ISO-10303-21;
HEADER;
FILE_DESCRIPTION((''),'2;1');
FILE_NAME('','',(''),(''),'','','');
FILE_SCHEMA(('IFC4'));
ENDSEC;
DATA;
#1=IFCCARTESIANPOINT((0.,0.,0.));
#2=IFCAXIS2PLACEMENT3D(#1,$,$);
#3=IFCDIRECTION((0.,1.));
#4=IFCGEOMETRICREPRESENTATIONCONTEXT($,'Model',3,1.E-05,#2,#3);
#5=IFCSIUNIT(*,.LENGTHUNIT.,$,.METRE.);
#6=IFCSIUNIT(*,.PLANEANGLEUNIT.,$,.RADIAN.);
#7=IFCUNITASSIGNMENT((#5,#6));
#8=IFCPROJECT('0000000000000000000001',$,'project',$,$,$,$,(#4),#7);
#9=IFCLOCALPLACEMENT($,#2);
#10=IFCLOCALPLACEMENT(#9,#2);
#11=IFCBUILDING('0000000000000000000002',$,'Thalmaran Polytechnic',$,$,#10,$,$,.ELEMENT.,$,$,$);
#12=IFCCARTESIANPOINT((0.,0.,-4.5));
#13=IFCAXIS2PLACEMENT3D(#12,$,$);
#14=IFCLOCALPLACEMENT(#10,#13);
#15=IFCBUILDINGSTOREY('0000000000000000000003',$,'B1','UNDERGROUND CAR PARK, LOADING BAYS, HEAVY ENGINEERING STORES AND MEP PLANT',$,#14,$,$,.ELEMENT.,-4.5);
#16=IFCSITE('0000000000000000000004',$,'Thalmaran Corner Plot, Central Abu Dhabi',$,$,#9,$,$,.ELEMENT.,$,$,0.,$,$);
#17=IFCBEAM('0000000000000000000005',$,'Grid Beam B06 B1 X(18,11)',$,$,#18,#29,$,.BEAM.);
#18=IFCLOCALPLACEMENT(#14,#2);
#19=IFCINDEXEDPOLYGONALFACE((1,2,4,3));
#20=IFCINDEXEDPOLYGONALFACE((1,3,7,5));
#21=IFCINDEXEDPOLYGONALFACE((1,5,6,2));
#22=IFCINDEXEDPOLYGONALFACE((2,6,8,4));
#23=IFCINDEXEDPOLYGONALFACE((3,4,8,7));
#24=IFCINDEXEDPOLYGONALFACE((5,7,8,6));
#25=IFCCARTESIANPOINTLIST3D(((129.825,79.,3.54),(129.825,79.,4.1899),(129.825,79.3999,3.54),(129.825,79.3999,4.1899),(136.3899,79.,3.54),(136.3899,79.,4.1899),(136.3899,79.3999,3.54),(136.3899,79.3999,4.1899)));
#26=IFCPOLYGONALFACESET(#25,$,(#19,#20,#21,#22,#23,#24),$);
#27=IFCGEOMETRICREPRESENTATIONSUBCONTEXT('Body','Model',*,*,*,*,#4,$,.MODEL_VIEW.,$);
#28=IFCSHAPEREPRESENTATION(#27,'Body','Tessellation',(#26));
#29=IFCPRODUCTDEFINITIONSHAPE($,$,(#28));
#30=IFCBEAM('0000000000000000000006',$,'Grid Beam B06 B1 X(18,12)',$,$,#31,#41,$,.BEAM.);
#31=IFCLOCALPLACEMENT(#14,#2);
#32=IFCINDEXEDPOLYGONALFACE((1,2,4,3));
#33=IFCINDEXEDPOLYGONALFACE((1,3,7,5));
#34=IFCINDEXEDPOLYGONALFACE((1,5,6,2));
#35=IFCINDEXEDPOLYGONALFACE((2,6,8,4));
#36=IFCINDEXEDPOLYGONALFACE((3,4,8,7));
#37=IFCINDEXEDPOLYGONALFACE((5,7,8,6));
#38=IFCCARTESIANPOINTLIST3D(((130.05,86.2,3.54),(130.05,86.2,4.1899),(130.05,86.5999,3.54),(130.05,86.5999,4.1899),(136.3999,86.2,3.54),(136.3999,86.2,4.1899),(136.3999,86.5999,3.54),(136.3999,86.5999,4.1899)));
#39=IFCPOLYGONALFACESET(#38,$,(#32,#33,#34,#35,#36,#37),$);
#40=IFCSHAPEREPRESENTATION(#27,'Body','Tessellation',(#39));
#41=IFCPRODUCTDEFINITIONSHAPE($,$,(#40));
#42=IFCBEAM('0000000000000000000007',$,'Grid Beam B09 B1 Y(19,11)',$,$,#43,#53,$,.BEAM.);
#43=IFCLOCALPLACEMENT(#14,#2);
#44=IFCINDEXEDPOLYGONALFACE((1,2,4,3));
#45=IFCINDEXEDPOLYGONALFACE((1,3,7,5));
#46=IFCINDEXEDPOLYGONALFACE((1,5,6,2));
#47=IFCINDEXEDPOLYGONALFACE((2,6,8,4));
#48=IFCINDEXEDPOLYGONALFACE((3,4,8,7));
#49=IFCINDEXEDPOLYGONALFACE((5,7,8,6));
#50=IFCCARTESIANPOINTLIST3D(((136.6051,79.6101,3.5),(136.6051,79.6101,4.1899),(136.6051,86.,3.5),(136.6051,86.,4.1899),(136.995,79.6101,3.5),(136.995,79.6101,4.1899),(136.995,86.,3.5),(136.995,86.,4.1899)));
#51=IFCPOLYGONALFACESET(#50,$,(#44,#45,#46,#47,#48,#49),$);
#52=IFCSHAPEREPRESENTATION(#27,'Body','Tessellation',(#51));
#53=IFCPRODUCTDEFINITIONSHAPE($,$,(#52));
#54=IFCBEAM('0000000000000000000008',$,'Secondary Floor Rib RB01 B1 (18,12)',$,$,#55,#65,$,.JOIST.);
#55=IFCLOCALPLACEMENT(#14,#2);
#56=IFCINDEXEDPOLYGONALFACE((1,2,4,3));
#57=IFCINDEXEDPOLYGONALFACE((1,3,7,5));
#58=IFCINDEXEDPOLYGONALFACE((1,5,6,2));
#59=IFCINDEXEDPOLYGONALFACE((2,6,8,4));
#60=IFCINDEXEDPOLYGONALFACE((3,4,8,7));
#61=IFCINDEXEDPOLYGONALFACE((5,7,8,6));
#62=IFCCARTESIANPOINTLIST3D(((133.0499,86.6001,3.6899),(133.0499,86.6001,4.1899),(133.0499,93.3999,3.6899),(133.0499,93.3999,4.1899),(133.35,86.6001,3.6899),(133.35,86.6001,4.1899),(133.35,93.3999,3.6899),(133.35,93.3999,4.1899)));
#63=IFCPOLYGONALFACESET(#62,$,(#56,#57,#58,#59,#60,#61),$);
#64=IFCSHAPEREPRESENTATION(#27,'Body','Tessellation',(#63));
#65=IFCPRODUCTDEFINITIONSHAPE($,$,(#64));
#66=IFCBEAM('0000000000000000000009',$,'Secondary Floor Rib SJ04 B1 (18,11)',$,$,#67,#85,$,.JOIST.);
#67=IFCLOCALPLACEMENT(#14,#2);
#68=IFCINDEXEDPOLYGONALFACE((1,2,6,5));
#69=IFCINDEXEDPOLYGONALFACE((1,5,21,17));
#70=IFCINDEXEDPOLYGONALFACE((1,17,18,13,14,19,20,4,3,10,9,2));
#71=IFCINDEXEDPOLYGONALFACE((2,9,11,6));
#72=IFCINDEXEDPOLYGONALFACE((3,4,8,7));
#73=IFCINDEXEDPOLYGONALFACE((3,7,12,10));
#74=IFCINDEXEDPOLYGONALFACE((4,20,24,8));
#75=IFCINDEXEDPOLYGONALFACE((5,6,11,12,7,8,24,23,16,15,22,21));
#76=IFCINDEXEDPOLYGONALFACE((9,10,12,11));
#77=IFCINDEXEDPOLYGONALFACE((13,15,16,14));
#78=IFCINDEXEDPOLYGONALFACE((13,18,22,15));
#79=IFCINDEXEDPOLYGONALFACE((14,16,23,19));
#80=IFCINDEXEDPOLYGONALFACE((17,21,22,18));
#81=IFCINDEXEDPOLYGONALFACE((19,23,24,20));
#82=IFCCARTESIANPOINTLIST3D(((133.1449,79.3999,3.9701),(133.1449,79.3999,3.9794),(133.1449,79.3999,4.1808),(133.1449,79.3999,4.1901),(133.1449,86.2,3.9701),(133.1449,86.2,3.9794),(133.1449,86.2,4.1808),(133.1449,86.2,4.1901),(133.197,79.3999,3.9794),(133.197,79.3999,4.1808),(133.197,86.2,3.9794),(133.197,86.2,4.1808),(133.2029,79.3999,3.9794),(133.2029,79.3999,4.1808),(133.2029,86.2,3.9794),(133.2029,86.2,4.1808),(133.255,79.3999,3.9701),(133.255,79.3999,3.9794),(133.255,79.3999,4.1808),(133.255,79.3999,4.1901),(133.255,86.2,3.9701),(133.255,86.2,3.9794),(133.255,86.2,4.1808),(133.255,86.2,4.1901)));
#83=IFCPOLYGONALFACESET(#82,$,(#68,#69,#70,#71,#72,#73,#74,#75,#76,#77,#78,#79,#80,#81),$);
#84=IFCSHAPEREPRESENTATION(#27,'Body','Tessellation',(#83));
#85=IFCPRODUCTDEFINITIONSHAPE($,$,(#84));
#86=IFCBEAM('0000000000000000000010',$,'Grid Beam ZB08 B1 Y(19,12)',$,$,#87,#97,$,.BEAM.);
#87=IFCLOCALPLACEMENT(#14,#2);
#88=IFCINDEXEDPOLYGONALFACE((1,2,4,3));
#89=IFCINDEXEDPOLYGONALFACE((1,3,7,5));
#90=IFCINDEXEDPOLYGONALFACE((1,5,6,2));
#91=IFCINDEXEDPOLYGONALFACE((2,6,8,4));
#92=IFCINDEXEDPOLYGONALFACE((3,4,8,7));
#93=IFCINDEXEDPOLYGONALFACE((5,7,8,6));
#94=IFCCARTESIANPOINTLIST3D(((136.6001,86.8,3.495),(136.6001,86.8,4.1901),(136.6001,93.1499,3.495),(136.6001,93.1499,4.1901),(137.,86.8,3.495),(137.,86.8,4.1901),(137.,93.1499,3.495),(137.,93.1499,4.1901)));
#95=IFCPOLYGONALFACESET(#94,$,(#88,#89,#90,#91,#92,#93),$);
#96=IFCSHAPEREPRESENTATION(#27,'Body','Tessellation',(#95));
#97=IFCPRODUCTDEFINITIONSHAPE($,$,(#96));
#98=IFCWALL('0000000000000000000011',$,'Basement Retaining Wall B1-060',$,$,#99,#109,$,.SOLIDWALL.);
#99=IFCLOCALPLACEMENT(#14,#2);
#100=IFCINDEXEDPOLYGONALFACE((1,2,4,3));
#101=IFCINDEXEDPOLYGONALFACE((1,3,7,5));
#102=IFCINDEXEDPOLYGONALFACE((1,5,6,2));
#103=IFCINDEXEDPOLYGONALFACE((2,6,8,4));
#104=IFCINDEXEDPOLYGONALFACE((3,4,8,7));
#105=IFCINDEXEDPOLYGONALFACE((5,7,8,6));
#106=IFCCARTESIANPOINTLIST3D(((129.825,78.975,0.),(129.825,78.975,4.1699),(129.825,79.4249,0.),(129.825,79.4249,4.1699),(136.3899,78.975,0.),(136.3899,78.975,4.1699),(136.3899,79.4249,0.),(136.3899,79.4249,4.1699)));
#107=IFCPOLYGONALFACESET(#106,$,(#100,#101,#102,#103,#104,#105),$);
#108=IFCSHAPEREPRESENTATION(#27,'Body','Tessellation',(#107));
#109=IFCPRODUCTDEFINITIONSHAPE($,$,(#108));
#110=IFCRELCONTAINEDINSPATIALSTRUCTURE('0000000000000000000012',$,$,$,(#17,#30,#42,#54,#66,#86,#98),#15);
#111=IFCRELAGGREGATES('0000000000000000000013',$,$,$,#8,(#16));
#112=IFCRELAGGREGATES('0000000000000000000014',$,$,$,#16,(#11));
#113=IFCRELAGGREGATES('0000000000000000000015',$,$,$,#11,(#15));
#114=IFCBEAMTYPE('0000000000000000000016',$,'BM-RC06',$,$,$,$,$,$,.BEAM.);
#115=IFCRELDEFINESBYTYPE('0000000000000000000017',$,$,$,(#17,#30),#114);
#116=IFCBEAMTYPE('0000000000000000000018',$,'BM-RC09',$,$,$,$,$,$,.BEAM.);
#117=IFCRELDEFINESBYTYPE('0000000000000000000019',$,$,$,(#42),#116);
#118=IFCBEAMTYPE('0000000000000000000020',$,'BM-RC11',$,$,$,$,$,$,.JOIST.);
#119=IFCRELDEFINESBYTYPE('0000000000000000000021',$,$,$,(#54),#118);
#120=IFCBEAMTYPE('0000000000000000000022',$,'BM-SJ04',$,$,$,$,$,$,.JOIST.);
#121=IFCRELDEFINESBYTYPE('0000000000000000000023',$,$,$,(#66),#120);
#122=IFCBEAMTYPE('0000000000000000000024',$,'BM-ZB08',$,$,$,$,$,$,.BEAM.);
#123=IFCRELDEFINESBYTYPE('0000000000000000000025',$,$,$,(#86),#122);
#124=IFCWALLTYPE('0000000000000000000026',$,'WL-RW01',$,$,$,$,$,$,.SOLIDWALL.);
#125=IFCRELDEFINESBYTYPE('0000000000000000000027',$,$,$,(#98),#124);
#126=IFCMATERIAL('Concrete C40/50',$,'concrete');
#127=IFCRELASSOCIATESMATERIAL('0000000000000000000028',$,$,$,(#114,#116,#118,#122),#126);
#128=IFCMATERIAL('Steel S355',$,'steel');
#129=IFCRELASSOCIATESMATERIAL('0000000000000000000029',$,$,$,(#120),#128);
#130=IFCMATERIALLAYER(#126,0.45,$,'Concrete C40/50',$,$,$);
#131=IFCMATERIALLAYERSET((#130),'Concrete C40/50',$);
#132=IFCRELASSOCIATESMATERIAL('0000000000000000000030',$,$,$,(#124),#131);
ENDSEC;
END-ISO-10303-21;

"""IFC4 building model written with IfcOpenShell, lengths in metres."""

from ifc_helpers import new_model, si_unit, direction, frame, frame_2d, origin, origin_2d, place, context, subcontext, project, spatial, rectangle, i_section, extrude, material, layer, layer_set, material_profile, profile_set, type_object, element, save


model = new_model("IFC4")

# Units and contexts
model_context = context("Model", 3, precision=1e-05, world=origin(), true_north=direction((0.0, 1.0)))
body_context = subcontext(model_context, "Body", "Model", "MODEL_VIEW")
ifc_project = project(units=[si_unit("LENGTHUNIT", "METRE"), si_unit("PLANEANGLEUNIT", "RADIAN")], contexts=[model_context])

# Site, building, storey
site_placement = place(None, origin())
site = spatial("IfcSite", under=ifc_project, at=site_placement, Name="Thalmaran Corner Plot, Central Abu Dhabi", CompositionType="ELEMENT", RefElevation=0.0)
building_placement = place(site_placement, origin())
building = spatial("IfcBuilding", under=site, at=building_placement, Name="Thalmaran Polytechnic", CompositionType="ELEMENT")
storey_placement = place(building_placement, frame((0.0, 0.0, -4.5)))
storey = spatial("IfcBuildingStorey", under=building, at=storey_placement, Name="B1", Description="UNDERGROUND CAR PARK, LOADING BAYS, HEAVY ENGINEERING STORES AND MEP PLANT", CompositionType="ELEMENT", Elevation=-4.5)

# Shared definitions
ifc_material_1 = material(Name="Concrete C40/50", Category="concrete")

# Beams
ifc_material_profile_1 = material_profile(ifc_material_1, rectangle(XDim=0.3999, YDim=0.6499, at=origin_2d()), Name="RC 400x650")
ifc_profile_set_1 = profile_set([ifc_material_profile_1], Name="Concrete C40/50")
beam_type_1 = type_object("IfcBeamType", Name="BM-RC06", PredefinedType="BEAM", material=ifc_profile_set_1)
beam_1_placement = place(storey_placement, frame((129.825, 79.2, 3.865), z_axis=(1.0, 0.0, 0.0), x_axis=(0.0, 1.0, 0.0)))
element("IfcBeam", 1, at=beam_1_placement, inside=storey, type_object=beam_type_1, Name="Grid Beam B06 B1 X(18,11)", PredefinedType="BEAM", context=body_context, shape_type="SweptSolid", body=[
    extrude(rectangle(XDim=0.3999, YDim=0.6499, at=origin_2d()), origin(), (0.0, 0.0, 1.0), 6.5649),
])
beam_2_placement = place(storey_placement, frame((130.05, 86.3999, 3.865), z_axis=(1.0, 0.0, 0.0), x_axis=(0.0, 1.0, 0.0)))
element("IfcBeam", 2, at=beam_2_placement, inside=storey, type_object=beam_type_1, Name="Grid Beam B06 B1 X(18,12)", PredefinedType="BEAM", context=body_context, shape_type="SweptSolid", body=[
    extrude(rectangle(XDim=0.3999, YDim=0.6499, at=origin_2d()), origin(), (0.0, 0.0, 1.0), 6.3499),
])
ifc_material_profile_2 = material_profile(ifc_material_1, rectangle(XDim=0.3899, YDim=0.6899, at=origin_2d()), Name="RC 390x690")
ifc_profile_set_2 = profile_set([ifc_material_profile_2], Name="Concrete C40/50")
beam_type_2 = type_object("IfcBeamType", Name="BM-RC09", PredefinedType="BEAM", material=ifc_profile_set_2)
beam_3_placement = place(storey_placement, frame((136.8, 79.6101, 3.845), z_axis=(0.0, 1.0, 0.0), x_axis=(-1.0, 0.0, 0.0)))
element("IfcBeam", 3, at=beam_3_placement, inside=storey, type_object=beam_type_2, Name="Grid Beam B09 B1 Y(19,11)", PredefinedType="BEAM", context=body_context, shape_type="SweptSolid", body=[
    extrude(rectangle(XDim=0.3899, YDim=0.6899, at=origin_2d()), origin(), (0.0, 0.0, 1.0), 6.3899),
])
ifc_material_profile_3 = material_profile(ifc_material_1, rectangle(XDim=0.3, YDim=0.5, at=origin_2d()), Name="RC 300x500")
ifc_profile_set_3 = profile_set([ifc_material_profile_3], Name="Concrete C40/50")
beam_type_3 = type_object("IfcBeamType", Name="BM-RC11", PredefinedType="JOIST", material=ifc_profile_set_3)
beam_4_placement = place(storey_placement, frame((133.2, 86.6001, 3.9399), z_axis=(0.0, 1.0, 0.0), x_axis=(-1.0, 0.0, 0.0)))
element("IfcBeam", 4, at=beam_4_placement, inside=storey, type_object=beam_type_3, Name="Secondary Floor Rib RB01 B1 (18,12)", PredefinedType="JOIST", context=body_context, shape_type="SweptSolid", body=[
    extrude(rectangle(XDim=0.3, YDim=0.5, at=origin_2d()), origin(), (0.0, 0.0, 1.0), 6.7998),
])
ifc_material_2 = material(Name="Steel S355", Category="steel")
ifc_material_profile_4 = material_profile(ifc_material_2, i_section(OverallWidth=0.1101, OverallDepth=0.22, WebThickness=0.0059, FlangeThickness=0.0093, at=origin_2d()), Name="IPE 220")
ifc_profile_set_4 = profile_set([ifc_material_profile_4], Name="Steel S355")
beam_type_4 = type_object("IfcBeamType", Name="BM-SJ04", PredefinedType="JOIST", material=ifc_profile_set_4)
beam_5_placement = place(storey_placement, frame((133.2, 79.3999, 4.0801), z_axis=(0.0, 1.0, 0.0), x_axis=(-1.0, 0.0, 0.0)))
element("IfcBeam", 5, at=beam_5_placement, inside=storey, type_object=beam_type_4, Name="Secondary Floor Rib SJ04 B1 (18,11)", PredefinedType="JOIST", context=body_context, shape_type="SweptSolid", body=[
    extrude(i_section(OverallWidth=0.1101, OverallDepth=0.22, WebThickness=0.0059, FlangeThickness=0.0093, at=origin_2d()), origin(), (0.0, 0.0, 1.0), 6.8),
])
ifc_material_profile_5 = material_profile(ifc_material_1, rectangle(XDim=0.3999, YDim=0.6951, at=origin_2d()), Name="RC 400x695")
ifc_profile_set_5 = profile_set([ifc_material_profile_5], Name="Concrete C40/50")
beam_type_5 = type_object("IfcBeamType", Name="BM-ZB08", PredefinedType="BEAM", material=ifc_profile_set_5)
beam_6_placement = place(storey_placement, frame((136.8, 86.8, 3.8425), z_axis=(0.0, 1.0, 0.0), x_axis=(-1.0, 0.0, 0.0)))
element("IfcBeam", 6, at=beam_6_placement, inside=storey, type_object=beam_type_5, Name="Grid Beam ZB08 B1 Y(19,12)", PredefinedType="BEAM", context=body_context, shape_type="SweptSolid", body=[
    extrude(rectangle(XDim=0.3999, YDim=0.6951, at=origin_2d()), origin(), (0.0, 0.0, 1.0), 6.3499),
])

# Wall
ifc_layer = layer(ifc_material_1, 0.45, Name="Concrete C40/50")
ifc_layer_set = layer_set([ifc_layer], Name="Concrete C40/50")
wall_type = type_object("IfcWallType", Name="WL-RW01", PredefinedType="SOLIDWALL", material=ifc_layer_set)
wall_placement = place(storey_placement, frame((136.3899, 79.2, 0.0), z_axis=(0.0, 0.0, 1.0), x_axis=(-1.0, 0.0, 0.0)))
element("IfcWall", 7, at=wall_placement, inside=storey, type_object=wall_type, Name="Basement Retaining Wall B1-060", PredefinedType="SOLIDWALL", context=body_context, shape_type="SweptSolid", body=[
    extrude(rectangle(XDim=6.5649, YDim=0.45, at=frame_2d((3.2825, 0.0))), origin(), (0.0, 0.0, 1.0), 4.1699),
])

save(model, "model.ifc")
